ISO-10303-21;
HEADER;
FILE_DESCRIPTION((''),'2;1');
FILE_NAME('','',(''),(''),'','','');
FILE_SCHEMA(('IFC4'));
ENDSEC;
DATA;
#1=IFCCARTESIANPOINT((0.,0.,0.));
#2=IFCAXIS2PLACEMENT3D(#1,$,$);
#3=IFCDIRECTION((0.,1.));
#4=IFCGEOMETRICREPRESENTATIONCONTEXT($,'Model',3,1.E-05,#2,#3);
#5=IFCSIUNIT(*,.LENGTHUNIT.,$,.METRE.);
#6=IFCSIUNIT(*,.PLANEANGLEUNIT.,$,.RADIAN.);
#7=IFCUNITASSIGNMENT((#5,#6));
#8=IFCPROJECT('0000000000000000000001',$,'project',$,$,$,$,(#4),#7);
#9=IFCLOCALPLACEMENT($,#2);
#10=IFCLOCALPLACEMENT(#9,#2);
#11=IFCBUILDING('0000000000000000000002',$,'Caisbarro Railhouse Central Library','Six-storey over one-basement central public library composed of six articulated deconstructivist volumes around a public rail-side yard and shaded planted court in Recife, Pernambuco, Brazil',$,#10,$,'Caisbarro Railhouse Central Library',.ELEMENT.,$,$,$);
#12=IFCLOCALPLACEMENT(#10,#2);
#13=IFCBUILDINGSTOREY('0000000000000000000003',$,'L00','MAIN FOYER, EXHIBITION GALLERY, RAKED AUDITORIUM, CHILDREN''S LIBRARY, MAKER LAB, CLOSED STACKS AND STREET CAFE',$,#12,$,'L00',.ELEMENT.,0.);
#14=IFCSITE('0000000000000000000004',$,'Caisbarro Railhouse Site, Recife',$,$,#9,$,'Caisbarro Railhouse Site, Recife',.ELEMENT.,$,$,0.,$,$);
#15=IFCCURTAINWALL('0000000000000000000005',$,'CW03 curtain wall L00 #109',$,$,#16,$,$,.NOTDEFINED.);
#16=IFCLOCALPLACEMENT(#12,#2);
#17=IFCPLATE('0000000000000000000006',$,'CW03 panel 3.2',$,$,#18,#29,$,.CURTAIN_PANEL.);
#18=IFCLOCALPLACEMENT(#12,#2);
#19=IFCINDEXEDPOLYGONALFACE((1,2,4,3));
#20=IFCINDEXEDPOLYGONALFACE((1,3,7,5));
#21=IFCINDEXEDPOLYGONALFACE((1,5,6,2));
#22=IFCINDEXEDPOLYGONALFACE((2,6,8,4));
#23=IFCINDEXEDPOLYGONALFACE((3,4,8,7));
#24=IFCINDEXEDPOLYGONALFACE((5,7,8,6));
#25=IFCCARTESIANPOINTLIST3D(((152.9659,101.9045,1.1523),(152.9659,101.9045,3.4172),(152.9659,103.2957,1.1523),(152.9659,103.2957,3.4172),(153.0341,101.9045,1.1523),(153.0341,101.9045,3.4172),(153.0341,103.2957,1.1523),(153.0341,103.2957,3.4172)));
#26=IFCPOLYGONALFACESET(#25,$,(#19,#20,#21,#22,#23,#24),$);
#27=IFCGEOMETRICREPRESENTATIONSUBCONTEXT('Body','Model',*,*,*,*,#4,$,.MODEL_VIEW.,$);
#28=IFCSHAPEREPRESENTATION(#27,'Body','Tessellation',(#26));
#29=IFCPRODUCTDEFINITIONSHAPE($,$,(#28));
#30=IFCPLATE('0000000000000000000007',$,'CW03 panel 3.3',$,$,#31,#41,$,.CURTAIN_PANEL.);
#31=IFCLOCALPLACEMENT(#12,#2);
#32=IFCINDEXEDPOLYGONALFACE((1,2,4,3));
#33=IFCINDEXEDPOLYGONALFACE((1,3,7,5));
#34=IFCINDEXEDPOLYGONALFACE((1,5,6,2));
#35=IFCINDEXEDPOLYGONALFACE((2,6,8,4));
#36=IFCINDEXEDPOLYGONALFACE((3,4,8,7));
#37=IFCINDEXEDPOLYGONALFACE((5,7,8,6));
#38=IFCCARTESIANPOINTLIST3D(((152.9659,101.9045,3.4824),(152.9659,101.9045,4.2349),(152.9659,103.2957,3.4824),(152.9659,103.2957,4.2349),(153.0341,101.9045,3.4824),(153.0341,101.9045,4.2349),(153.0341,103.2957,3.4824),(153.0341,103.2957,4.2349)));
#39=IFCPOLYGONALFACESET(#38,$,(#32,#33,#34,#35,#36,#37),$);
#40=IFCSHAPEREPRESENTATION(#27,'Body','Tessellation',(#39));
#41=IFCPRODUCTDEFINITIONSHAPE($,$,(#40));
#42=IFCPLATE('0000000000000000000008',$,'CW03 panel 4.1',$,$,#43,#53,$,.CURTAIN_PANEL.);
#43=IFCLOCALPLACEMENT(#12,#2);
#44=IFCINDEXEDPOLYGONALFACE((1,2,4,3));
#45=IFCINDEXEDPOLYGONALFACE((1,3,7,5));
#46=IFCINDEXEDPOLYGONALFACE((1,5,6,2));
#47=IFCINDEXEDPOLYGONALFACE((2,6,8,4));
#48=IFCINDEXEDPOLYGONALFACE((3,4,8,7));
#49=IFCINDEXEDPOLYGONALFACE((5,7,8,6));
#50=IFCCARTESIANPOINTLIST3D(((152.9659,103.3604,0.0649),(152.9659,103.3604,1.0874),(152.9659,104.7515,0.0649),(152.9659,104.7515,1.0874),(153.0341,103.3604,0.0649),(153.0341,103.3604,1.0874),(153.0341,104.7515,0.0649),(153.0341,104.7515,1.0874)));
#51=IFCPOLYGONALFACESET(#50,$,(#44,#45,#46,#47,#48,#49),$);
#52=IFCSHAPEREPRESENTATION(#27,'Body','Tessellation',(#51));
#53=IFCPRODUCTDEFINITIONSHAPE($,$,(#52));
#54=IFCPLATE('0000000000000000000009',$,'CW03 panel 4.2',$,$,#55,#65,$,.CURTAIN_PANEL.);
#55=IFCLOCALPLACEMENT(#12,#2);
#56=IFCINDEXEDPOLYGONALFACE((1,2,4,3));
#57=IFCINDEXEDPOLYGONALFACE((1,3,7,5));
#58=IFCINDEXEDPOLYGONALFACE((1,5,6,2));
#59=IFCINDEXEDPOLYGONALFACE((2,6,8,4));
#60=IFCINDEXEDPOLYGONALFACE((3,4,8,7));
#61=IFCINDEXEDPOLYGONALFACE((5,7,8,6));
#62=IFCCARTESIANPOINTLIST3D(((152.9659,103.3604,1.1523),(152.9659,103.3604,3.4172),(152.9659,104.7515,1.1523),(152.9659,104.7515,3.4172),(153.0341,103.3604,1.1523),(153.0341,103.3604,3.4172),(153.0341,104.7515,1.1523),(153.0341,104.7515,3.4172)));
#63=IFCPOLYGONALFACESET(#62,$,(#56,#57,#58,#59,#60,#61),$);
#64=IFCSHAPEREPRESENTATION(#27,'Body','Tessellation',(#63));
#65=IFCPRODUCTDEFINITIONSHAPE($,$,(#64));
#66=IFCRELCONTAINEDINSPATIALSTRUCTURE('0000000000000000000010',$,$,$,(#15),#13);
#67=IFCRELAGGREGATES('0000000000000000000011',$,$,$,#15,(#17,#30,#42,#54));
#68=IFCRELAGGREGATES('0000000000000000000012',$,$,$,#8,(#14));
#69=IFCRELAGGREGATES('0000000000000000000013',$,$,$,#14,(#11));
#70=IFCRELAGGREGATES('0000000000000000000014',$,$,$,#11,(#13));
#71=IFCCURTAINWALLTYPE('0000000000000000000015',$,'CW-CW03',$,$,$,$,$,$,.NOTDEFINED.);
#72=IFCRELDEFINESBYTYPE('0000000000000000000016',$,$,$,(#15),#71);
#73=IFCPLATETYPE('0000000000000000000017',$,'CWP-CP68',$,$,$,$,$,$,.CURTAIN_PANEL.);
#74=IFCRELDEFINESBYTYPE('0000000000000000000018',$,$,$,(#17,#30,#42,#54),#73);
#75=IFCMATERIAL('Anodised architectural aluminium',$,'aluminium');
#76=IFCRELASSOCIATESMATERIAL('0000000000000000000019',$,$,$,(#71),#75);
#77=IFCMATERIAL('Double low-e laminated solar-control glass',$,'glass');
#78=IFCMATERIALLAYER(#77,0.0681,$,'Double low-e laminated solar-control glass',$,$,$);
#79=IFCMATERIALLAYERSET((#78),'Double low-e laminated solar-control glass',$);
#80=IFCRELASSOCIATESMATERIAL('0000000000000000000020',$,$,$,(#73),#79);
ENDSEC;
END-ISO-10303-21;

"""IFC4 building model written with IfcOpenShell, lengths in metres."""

from ifc_helpers import new_model, si_unit, direction, frame, origin, origin_2d, place, context, subcontext, project, spatial, rectangle, extrude, material, layer, layer_set, type_object, element, aggregate, save


model = new_model("IFC4")

# Units and contexts
model_context = context("Model", 3, precision=1e-05, world=origin(), true_north=direction((0.0, 1.0)))
body_context = subcontext(model_context, "Body", "Model", "MODEL_VIEW")
ifc_project = project(units=[si_unit("LENGTHUNIT", "METRE"), si_unit("PLANEANGLEUNIT", "RADIAN")], contexts=[model_context])

# Site, building, storey
site_placement = place(None, origin())
site = spatial("IfcSite", under=ifc_project, at=site_placement, Name="Caisbarro Railhouse Site, Recife", LongName="Caisbarro Railhouse Site, Recife", CompositionType="ELEMENT", RefElevation=0.0)
building_placement = place(site_placement, origin())
building = spatial("IfcBuilding", under=site, at=building_placement, Name="Caisbarro Railhouse Central Library", Description="Six-storey over one-basement central public library composed of six articulated deconstructivist volumes around a public rail-side yard and shaded planted court in Recife, Pernambuco, Brazil", LongName="Caisbarro Railhouse Central Library", CompositionType="ELEMENT")
storey_placement = place(building_placement, origin())
storey = spatial("IfcBuildingStorey", under=building, at=storey_placement, Name="L00", Description="MAIN FOYER, EXHIBITION GALLERY, RAKED AUDITORIUM, CHILDREN'S LIBRARY, MAKER LAB, CLOSED STACKS AND STREET CAFE", LongName="L00", CompositionType="ELEMENT", Elevation=0.0)

# Curtain wall, plates
ifc_material_1 = material(Name="Anodised architectural aluminium", Category="aluminium")
curtain_wall_type = type_object("IfcCurtainWallType", Name="CW-CW03", PredefinedType="NOTDEFINED", material=ifc_material_1)
curtain_wall_placement = place(storey_placement, origin())
curtain_wall = element("IfcCurtainWall", 1, at=curtain_wall_placement, inside=storey, type_object=curtain_wall_type, Name="CW03 curtain wall L00 #109", PredefinedType="NOTDEFINED")
ifc_material_2 = material(Name="Double low-e laminated solar-control glass", Category="glass")
ifc_layer = layer(ifc_material_2, 0.0681, Name="Double low-e laminated solar-control glass")
ifc_layer_set = layer_set([ifc_layer], Name="Double low-e laminated solar-control glass")
plate_type = type_object("IfcPlateType", Name="CWP-CP68", PredefinedType="CURTAIN_PANEL", material=ifc_layer_set)
plate_1_placement = place(storey_placement, frame((153.0, 102.6001, 1.1523), z_axis=(0.0, 0.0, 1.0), x_axis=(0.0, 1.0, 0.0)))
plate_1 = element("IfcPlate", 2, at=plate_1_placement, type_object=plate_type, Name="CW03 panel 3.2", PredefinedType="CURTAIN_PANEL", context=body_context, shape_type="SweptSolid", body=[
    extrude(rectangle(XDim=1.3911, YDim=0.0681, at=origin_2d()), origin(), (0.0, 0.0, 1.0), 2.2649),
])
plate_2_placement = place(storey_placement, frame((153.0, 102.6001, 3.4824), z_axis=(0.0, 0.0, 1.0), x_axis=(0.0, 1.0, 0.0)))
plate_2 = element("IfcPlate", 3, at=plate_2_placement, type_object=plate_type, Name="CW03 panel 3.3", PredefinedType="CURTAIN_PANEL", context=body_context, shape_type="SweptSolid", body=[
    extrude(rectangle(XDim=1.3911, YDim=0.0681, at=origin_2d()), origin(), (0.0, 0.0, 1.0), 0.7524),
])
plate_3_placement = place(storey_placement, frame((153.0, 104.0559, 0.0649), z_axis=(0.0, 0.0, 1.0), x_axis=(0.0, 1.0, 0.0)))
plate_3 = element("IfcPlate", 4, at=plate_3_placement, type_object=plate_type, Name="CW03 panel 4.1", PredefinedType="CURTAIN_PANEL", context=body_context, shape_type="SweptSolid", body=[
    extrude(rectangle(XDim=1.3911, YDim=0.0681, at=origin_2d()), origin(), (0.0, 0.0, 1.0), 1.0225),
])
plate_4_placement = place(storey_placement, frame((153.0, 104.0559, 1.1523), z_axis=(0.0, 0.0, 1.0), x_axis=(0.0, 1.0, 0.0)))
plate_4 = element("IfcPlate", 5, at=plate_4_placement, type_object=plate_type, Name="CW03 panel 4.2", PredefinedType="CURTAIN_PANEL", context=body_context, shape_type="SweptSolid", body=[
    extrude(rectangle(XDim=1.3911, YDim=0.0681, at=origin_2d()), origin(), (0.0, 0.0, 1.0), 2.2649),
])
aggregate(curtain_wall, [plate_1, plate_2, plate_3, plate_4])

save(model, "model.ifc")
